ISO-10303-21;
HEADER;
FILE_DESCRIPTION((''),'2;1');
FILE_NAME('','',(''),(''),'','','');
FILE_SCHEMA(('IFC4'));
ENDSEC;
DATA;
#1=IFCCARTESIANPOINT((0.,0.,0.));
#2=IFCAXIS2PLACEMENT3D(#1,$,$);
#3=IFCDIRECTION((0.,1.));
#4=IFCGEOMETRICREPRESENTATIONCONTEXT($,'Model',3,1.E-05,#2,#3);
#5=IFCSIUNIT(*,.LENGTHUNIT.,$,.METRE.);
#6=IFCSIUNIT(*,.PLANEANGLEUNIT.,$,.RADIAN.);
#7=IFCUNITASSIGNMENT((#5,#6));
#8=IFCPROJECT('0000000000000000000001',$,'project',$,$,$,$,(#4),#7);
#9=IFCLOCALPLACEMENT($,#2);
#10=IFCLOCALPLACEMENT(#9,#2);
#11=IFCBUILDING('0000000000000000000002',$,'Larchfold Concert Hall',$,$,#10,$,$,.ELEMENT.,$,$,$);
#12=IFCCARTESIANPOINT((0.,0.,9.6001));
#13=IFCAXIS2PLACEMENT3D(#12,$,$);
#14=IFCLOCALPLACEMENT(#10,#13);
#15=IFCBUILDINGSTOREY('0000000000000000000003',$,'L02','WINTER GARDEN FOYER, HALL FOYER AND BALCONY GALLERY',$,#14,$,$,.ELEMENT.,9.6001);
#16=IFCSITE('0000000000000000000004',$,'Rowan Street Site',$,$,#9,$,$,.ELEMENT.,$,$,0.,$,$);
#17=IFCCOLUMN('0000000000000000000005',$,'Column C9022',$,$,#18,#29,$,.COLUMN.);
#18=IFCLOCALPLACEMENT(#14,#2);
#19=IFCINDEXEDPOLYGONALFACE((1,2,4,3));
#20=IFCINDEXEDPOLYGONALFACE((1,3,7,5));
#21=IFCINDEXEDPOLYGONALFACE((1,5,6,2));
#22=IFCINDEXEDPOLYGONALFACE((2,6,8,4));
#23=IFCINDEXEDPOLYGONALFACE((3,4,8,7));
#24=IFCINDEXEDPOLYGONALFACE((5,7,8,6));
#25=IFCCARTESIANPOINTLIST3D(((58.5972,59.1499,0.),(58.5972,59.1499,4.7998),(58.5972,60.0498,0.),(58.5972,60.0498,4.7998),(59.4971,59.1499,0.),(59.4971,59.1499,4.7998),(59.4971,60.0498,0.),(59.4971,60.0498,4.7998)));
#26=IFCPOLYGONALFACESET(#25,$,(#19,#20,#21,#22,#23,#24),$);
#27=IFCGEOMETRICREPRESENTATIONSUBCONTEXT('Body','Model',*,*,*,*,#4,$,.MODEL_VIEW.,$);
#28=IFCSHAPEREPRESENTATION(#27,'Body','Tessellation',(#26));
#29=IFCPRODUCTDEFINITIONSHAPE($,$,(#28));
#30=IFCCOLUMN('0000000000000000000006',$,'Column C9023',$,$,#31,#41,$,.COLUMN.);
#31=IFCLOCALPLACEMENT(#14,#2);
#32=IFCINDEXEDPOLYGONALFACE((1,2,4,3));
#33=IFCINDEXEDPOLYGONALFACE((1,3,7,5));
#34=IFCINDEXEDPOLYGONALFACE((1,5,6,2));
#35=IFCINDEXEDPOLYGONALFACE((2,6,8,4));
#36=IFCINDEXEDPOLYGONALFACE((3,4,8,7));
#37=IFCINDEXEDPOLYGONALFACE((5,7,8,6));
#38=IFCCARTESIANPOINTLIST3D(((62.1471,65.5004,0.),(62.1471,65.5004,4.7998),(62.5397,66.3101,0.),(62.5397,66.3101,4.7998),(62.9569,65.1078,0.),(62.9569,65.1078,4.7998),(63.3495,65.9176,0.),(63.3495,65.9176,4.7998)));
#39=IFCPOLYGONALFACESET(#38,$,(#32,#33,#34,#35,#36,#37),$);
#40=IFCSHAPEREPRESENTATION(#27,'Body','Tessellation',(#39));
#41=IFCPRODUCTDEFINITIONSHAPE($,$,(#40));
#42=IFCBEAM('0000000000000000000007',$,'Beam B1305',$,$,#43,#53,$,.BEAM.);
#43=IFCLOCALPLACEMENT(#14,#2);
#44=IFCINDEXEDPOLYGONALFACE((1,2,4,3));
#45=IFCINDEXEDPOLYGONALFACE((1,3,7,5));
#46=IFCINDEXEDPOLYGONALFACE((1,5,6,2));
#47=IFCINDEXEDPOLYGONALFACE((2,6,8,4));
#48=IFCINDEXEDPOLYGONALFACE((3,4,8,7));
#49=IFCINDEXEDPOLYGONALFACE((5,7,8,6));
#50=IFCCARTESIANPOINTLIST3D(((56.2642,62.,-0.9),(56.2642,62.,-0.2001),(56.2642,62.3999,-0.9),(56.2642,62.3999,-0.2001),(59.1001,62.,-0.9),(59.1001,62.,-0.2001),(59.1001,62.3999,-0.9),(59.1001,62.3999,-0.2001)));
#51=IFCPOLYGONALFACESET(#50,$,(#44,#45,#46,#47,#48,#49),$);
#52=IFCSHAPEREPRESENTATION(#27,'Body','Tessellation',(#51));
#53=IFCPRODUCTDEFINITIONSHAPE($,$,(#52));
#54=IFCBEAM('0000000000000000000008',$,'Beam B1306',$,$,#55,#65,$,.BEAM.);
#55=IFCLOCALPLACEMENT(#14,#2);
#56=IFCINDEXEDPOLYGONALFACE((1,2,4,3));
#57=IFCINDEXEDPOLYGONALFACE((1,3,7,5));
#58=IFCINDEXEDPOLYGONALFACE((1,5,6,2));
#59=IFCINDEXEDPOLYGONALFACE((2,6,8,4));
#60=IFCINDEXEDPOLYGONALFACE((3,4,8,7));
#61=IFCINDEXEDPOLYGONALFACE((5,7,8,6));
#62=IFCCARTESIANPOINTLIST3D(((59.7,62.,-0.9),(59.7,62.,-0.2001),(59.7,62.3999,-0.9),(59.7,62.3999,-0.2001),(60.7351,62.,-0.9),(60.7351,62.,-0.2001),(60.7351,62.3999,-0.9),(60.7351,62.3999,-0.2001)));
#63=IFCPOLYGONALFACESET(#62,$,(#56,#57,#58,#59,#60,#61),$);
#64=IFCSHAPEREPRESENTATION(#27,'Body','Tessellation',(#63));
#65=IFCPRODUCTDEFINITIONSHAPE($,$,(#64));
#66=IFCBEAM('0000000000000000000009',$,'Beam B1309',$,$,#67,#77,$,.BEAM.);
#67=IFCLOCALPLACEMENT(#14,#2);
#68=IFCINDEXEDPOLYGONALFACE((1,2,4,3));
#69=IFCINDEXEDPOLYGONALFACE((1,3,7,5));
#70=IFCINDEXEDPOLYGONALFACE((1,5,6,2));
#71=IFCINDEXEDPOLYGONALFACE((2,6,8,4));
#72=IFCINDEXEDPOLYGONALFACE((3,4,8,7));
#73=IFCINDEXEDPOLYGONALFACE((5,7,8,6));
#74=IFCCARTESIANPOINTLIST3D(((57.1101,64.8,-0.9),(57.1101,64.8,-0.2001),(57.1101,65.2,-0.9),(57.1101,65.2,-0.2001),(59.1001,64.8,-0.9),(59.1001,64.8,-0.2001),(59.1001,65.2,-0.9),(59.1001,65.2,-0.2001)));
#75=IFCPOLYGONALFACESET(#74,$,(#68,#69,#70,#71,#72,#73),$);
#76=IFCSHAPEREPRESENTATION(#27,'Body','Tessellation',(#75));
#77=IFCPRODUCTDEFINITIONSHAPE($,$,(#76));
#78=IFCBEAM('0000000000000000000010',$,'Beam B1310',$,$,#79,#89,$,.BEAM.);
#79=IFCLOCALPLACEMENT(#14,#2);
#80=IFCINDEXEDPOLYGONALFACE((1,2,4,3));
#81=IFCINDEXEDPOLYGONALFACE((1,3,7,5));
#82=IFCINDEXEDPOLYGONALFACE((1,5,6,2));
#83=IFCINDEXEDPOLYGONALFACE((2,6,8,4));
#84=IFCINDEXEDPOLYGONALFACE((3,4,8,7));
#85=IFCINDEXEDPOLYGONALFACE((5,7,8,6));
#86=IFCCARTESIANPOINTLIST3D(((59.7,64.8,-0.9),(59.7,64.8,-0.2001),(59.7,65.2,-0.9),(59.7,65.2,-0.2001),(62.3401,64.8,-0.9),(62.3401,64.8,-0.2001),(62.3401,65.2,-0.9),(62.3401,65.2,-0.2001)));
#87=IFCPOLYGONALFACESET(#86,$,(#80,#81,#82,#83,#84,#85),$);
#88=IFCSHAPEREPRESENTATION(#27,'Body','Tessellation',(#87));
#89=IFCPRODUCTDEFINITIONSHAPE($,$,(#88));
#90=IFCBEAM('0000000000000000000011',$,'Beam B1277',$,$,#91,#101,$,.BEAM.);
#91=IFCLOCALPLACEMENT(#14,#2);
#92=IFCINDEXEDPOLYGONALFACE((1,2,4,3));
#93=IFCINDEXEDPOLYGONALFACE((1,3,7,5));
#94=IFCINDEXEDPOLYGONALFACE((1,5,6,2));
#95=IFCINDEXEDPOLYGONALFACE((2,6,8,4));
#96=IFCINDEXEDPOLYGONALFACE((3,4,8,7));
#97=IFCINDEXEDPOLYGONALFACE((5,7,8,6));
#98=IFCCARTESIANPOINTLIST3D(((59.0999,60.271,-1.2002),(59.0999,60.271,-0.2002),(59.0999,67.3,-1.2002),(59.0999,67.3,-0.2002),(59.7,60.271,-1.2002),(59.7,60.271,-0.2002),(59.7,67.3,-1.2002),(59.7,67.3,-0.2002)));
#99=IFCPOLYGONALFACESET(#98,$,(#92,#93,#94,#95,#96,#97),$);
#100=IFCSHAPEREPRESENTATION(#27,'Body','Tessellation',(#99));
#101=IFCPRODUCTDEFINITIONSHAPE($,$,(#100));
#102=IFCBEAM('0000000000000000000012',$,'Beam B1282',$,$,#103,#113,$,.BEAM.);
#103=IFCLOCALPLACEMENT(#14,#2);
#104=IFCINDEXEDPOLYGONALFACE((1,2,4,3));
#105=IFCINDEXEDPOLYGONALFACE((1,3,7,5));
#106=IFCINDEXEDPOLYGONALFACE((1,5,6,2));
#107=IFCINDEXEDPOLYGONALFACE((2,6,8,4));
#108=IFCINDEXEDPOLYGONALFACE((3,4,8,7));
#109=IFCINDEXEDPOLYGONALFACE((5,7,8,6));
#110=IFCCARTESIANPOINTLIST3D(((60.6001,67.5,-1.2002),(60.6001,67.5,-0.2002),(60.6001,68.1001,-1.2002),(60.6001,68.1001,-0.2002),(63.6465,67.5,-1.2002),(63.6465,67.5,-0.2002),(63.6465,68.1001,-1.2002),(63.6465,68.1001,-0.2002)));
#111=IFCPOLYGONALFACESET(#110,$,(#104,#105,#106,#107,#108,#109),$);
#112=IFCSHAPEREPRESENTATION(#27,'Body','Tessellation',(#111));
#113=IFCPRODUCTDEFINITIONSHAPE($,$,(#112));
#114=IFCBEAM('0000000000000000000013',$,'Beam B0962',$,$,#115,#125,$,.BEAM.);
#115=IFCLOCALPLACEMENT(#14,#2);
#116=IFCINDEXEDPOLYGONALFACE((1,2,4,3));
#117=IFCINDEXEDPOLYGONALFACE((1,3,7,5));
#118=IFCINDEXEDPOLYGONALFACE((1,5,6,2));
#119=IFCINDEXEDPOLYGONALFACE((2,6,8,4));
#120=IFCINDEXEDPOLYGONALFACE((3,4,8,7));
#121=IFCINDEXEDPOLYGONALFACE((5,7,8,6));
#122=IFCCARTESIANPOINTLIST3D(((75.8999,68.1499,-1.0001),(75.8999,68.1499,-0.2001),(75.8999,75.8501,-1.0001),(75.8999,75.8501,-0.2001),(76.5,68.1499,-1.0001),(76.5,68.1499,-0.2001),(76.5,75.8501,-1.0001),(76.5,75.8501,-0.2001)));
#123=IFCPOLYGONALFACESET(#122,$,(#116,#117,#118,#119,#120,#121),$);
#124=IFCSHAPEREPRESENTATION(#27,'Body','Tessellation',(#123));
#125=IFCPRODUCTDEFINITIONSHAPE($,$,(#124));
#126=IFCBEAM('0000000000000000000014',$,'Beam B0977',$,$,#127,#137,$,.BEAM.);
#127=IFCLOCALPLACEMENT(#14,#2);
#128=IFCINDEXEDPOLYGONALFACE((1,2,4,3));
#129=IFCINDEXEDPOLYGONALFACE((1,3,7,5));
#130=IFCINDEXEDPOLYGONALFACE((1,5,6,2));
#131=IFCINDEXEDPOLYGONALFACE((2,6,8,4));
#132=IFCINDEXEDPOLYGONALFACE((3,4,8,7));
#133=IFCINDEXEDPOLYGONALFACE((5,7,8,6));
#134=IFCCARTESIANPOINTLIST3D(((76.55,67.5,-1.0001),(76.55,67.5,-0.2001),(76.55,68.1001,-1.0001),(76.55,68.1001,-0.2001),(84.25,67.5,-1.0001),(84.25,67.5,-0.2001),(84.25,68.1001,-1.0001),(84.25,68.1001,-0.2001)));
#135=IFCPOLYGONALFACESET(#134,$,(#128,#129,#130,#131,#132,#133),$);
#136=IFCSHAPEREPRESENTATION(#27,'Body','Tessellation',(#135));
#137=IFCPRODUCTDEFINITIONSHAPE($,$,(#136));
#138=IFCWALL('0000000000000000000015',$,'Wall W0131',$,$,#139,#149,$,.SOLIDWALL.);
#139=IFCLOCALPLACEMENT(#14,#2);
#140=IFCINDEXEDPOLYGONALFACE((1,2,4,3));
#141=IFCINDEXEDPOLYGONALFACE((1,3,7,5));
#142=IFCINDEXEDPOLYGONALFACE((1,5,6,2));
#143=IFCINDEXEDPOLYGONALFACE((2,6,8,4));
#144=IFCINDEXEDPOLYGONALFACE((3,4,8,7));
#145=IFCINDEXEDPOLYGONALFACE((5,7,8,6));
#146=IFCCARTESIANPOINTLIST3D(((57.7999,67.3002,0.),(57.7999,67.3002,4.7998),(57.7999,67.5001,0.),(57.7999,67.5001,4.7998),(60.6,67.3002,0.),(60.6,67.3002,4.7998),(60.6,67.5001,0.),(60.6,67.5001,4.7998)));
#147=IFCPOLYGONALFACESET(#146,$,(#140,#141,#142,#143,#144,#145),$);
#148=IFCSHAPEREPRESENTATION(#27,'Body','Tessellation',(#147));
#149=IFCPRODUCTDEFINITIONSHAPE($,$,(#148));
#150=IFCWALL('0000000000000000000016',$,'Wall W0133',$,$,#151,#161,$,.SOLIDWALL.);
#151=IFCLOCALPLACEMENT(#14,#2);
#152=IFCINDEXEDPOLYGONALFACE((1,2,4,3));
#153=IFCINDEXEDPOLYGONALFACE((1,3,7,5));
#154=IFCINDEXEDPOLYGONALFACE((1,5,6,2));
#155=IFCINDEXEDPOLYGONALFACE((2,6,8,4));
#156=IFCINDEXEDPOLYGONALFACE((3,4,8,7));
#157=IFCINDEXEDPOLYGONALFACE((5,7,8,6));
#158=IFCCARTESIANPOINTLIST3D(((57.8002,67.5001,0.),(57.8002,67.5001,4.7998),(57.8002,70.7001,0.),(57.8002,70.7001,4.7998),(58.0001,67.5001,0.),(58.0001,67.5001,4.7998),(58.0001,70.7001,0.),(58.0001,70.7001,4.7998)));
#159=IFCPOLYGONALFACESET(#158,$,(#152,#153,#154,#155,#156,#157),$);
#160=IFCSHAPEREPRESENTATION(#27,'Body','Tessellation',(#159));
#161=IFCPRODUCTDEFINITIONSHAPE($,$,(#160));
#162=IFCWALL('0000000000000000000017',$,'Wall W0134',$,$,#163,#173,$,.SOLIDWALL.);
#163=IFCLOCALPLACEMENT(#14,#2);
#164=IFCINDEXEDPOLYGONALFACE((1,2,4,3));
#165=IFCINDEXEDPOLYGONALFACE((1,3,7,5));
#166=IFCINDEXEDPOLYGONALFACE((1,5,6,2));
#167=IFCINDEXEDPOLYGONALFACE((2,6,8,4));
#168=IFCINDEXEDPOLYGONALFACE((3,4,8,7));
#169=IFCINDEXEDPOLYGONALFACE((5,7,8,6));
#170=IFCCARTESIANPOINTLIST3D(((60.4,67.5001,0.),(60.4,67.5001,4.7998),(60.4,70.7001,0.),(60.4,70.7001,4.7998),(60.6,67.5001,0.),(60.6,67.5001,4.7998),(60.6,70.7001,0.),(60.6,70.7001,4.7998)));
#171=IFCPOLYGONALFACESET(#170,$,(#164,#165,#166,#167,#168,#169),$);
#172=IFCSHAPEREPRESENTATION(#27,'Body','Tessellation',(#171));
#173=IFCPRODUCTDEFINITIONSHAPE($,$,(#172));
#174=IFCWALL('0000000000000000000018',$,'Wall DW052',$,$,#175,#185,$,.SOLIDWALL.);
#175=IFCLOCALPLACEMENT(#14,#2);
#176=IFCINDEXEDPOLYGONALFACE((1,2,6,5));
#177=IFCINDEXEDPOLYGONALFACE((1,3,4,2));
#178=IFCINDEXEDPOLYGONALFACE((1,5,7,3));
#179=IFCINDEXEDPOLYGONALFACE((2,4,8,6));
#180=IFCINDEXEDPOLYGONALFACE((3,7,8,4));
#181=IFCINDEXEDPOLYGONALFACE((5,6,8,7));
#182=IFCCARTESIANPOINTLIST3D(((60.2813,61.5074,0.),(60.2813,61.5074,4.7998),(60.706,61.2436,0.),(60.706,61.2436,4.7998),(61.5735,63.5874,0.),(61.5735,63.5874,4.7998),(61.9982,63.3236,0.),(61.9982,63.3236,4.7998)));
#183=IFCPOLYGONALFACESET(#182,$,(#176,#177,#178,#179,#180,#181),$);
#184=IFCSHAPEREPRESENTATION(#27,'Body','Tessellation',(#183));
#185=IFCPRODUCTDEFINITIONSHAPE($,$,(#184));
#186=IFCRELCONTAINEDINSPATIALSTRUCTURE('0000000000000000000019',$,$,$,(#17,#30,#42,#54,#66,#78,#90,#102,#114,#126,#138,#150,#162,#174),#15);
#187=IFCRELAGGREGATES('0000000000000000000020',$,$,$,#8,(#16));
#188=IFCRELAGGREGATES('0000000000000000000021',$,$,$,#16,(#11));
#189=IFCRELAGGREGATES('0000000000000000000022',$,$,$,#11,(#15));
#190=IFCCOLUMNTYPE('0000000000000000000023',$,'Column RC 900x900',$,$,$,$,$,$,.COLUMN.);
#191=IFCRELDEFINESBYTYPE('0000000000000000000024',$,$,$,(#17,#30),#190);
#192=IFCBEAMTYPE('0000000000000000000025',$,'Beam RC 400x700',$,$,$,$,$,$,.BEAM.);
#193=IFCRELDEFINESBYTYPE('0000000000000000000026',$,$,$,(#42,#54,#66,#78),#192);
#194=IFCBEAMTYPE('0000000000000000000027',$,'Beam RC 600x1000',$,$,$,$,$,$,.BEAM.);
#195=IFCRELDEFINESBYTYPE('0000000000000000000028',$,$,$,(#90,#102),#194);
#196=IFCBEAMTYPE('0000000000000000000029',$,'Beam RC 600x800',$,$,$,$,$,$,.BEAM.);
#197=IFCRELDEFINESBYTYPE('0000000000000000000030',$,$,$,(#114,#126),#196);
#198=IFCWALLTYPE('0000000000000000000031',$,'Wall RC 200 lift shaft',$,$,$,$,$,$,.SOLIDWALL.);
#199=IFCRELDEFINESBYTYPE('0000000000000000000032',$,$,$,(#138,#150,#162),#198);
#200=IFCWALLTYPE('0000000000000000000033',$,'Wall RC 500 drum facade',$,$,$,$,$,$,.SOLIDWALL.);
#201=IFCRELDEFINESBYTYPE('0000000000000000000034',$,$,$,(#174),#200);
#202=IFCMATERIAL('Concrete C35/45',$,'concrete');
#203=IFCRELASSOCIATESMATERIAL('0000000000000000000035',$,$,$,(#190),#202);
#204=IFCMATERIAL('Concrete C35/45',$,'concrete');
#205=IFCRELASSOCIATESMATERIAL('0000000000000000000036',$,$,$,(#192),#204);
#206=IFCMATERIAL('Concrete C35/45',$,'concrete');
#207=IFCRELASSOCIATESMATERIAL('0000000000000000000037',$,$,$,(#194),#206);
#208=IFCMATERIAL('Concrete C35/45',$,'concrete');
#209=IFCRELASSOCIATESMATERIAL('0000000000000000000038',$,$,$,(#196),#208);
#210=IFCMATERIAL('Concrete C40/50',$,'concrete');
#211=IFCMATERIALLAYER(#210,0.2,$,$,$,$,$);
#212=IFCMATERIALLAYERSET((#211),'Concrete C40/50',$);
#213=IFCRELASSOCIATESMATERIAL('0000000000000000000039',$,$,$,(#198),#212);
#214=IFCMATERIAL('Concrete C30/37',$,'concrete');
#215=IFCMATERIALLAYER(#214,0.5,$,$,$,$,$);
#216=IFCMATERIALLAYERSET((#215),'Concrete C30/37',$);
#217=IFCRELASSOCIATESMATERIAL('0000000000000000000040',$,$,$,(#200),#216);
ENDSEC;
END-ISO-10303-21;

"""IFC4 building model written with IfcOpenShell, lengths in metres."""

from ifc_helpers import new_model, si_unit, direction, frame, frame_2d, origin, origin_2d, place, context, subcontext, project, spatial, rectangle, extrude, material, layer, layer_set, material_profile, profile_set, type_object, element, save


model = new_model("IFC4")

# Units and contexts
model_context = context("Model", 3, precision=1e-05, world=origin(), true_north=direction((0.0, 1.0)))
body_context = subcontext(model_context, "Body", "Model", "MODEL_VIEW")
ifc_project = project(units=[si_unit("LENGTHUNIT", "METRE"), si_unit("PLANEANGLEUNIT", "RADIAN")], contexts=[model_context])

# Site, building, storey
site_placement = place(None, origin())
site = spatial("IfcSite", under=ifc_project, at=site_placement, Name="Rowan Street Site", CompositionType="ELEMENT", RefElevation=0.0)
building_placement = place(site_placement, origin())
building = spatial("IfcBuilding", under=site, at=building_placement, Name="Larchfold Concert Hall", CompositionType="ELEMENT")
storey_placement = place(building_placement, frame((0.0, 0.0, 9.6001)))
storey = spatial("IfcBuildingStorey", under=building, at=storey_placement, Name="L02", Description="WINTER GARDEN FOYER, HALL FOYER AND BALCONY GALLERY", CompositionType="ELEMENT", Elevation=9.6001)

# Columns
ifc_material_1 = material(Name="Concrete C35/45", Category="concrete")
ifc_material_profile_1 = material_profile(ifc_material_1, rectangle(XDim=0.8999, YDim=0.8999, at=origin_2d()))
ifc_profile_set_1 = profile_set([ifc_material_profile_1], Name="Concrete C35/45")
column_type = type_object("IfcColumnType", Name="Column RC 900x900", PredefinedType="COLUMN", material=ifc_profile_set_1)
for number, where, z_axis, x_axis, name in (
    (1, (59.0471, 59.5999, 0.0), (0.0, 0.0, 1.0), (1.0, 0.0, 0.0), "Column C9022"),
    (2, (62.7483, 65.709, 0.0), (0.0, 0.0, 1.0), (0.436211, 0.899844, 0.0), "Column C9023"),
):
    element("IfcColumn", number, at=place(storey_placement, frame(where, z_axis=z_axis, x_axis=x_axis)), inside=storey, type_object=column_type, Name=name, PredefinedType="COLUMN", context=body_context, shape_type="SweptSolid", body=[
        extrude(rectangle(XDim=0.8999, YDim=0.8999, at=origin_2d()), origin(), (0.0, 0.0, 1.0), 4.7998),
    ])

# Beams
ifc_material_2 = material(Name="Concrete C35/45", Category="concrete")
ifc_material_profile_2 = material_profile(ifc_material_2, rectangle(XDim=0.3999, YDim=0.7, at=origin_2d()))
ifc_profile_set_2 = profile_set([ifc_material_profile_2], Name="Concrete C35/45")
beam_type_1 = type_object("IfcBeamType", Name="Beam RC 400x700", PredefinedType="BEAM", material=ifc_profile_set_2)
beam_1_placement = place(storey_placement, frame((56.2642, 62.2, -0.55), z_axis=(1.0, 0.0, 0.0), x_axis=(0.0, 1.0, 0.0)))
element("IfcBeam", 3, at=beam_1_placement, inside=storey, type_object=beam_type_1, Name="Beam B1305", PredefinedType="BEAM", context=body_context, shape_type="SweptSolid", body=[
    extrude(rectangle(XDim=0.3999, YDim=0.7, at=origin_2d()), origin(), (0.0, 0.0, 1.0), 2.8359),
])
beam_2_placement = place(storey_placement, frame((59.7, 62.2, -0.55), z_axis=(1.0, 0.0, 0.0), x_axis=(0.0, 1.0, 0.0)))
element("IfcBeam", 4, at=beam_2_placement, inside=storey, type_object=beam_type_1, Name="Beam B1306", PredefinedType="BEAM", context=body_context, shape_type="SweptSolid", body=[
    extrude(rectangle(XDim=0.3999, YDim=0.7, at=origin_2d()), origin(), (0.0, 0.0, 1.0), 1.0352),
])
beam_3_placement = place(storey_placement, frame((57.1101, 65.0, -0.55), z_axis=(1.0, 0.0, 0.0), x_axis=(0.0, 1.0, 0.0)))
element("IfcBeam", 5, at=beam_3_placement, inside=storey, type_object=beam_type_1, Name="Beam B1309", PredefinedType="BEAM", context=body_context, shape_type="SweptSolid", body=[
    extrude(rectangle(XDim=0.3999, YDim=0.7, at=origin_2d()), origin(), (0.0, 0.0, 1.0), 1.99),
])
beam_4_placement = place(storey_placement, frame((59.7, 65.0, -0.55), z_axis=(1.0, 0.0, 0.0), x_axis=(0.0, 1.0, 0.0)))
element("IfcBeam", 6, at=beam_4_placement, inside=storey, type_object=beam_type_1, Name="Beam B1310", PredefinedType="BEAM", context=body_context, shape_type="SweptSolid", body=[
    extrude(rectangle(XDim=0.3999, YDim=0.7, at=origin_2d()), origin(), (0.0, 0.0, 1.0), 2.6401),
])
ifc_material_3 = material(Name="Concrete C35/45", Category="concrete")
ifc_material_profile_3 = material_profile(ifc_material_3, rectangle(XDim=0.6001, YDim=1.0, at=origin_2d()))
ifc_profile_set_3 = profile_set([ifc_material_profile_3], Name="Concrete C35/45")
beam_type_2 = type_object("IfcBeamType", Name="Beam RC 600x1000", PredefinedType="BEAM", material=ifc_profile_set_3)
beam_5_placement = place(storey_placement, frame((59.3999, 60.271, -0.7002), z_axis=(0.0, 1.0, 0.0), x_axis=(-1.0, 0.0, 0.0)))
element("IfcBeam", 7, at=beam_5_placement, inside=storey, type_object=beam_type_2, Name="Beam B1277", PredefinedType="BEAM", context=body_context, shape_type="SweptSolid", body=[
    extrude(rectangle(XDim=0.6001, YDim=1.0, at=origin_2d()), origin(), (0.0, 0.0, 1.0), 7.0291),
])
beam_6_placement = place(storey_placement, frame((60.6001, 67.8, -0.7002), z_axis=(1.0, 0.0, 0.0), x_axis=(0.0, 1.0, 0.0)))
element("IfcBeam", 8, at=beam_6_placement, inside=storey, type_object=beam_type_2, Name="Beam B1282", PredefinedType="BEAM", context=body_context, shape_type="SweptSolid", body=[
    extrude(rectangle(XDim=0.6001, YDim=1.0, at=origin_2d()), origin(), (0.0, 0.0, 1.0), 3.0464),
])
ifc_material_4 = material(Name="Concrete C35/45", Category="concrete")
ifc_material_profile_4 = material_profile(ifc_material_4, rectangle(XDim=0.6001, YDim=0.8, at=origin_2d()))
ifc_profile_set_4 = profile_set([ifc_material_profile_4], Name="Concrete C35/45")
beam_type_3 = type_object("IfcBeamType", Name="Beam RC 600x800", PredefinedType="BEAM", material=ifc_profile_set_4)
beam_7_placement = place(storey_placement, frame((76.2, 68.1499, -0.6001), z_axis=(0.0, 1.0, 0.0), x_axis=(-1.0, 0.0, 0.0)))
element("IfcBeam", 9, at=beam_7_placement, inside=storey, type_object=beam_type_3, Name="Beam B0962", PredefinedType="BEAM", context=body_context, shape_type="SweptSolid", body=[
    extrude(rectangle(XDim=0.6001, YDim=0.8, at=origin_2d()), origin(), (0.0, 0.0, 1.0), 7.7002),
])
beam_8_placement = place(storey_placement, frame((76.55, 67.8, -0.6001), z_axis=(1.0, 0.0, 0.0), x_axis=(0.0, 1.0, 0.0)))
element("IfcBeam", 10, at=beam_8_placement, inside=storey, type_object=beam_type_3, Name="Beam B0977", PredefinedType="BEAM", context=body_context, shape_type="SweptSolid", body=[
    extrude(rectangle(XDim=0.6001, YDim=0.8, at=origin_2d()), origin(), (0.0, 0.0, 1.0), 7.7),
])

# Walls
ifc_material_5 = material(Name="Concrete C40/50", Category="concrete")
ifc_layer_1 = layer(ifc_material_5, 0.2)
ifc_layer_set_1 = layer_set([ifc_layer_1], Name="Concrete C40/50")
wall_type_1 = type_object("IfcWallType", Name="Wall RC 200 lift shaft", PredefinedType="SOLIDWALL", material=ifc_layer_set_1)
wall_1_placement = place(storey_placement, frame((57.8, 67.4001, 0.0), z_axis=(0.0, 0.0, 1.0), x_axis=(1.0, 0.0, 0.0)))
element("IfcWall", 11, at=wall_1_placement, inside=storey, type_object=wall_type_1, Name="Wall W0131", PredefinedType="SOLIDWALL", context=body_context, shape_type="SweptSolid", body=[
    extrude(rectangle(XDim=2.8, YDim=0.2, at=frame_2d((1.3999, 0.0))), origin(), (0.0, 0.0, 1.0), 4.7998),
])
for number, where, z_axis, x_axis, name in (
    (12, (57.9001, 67.5, 0.0), (0.0, 0.0, 1.0), (0.0, 1.0, 0.0), "Wall W0133"),
    (13, (60.5, 67.5, 0.0), (0.0, 0.0, 1.0), (0.0, 1.0, 0.0), "Wall W0134"),
):
    element("IfcWall", number, at=place(storey_placement, frame(where, z_axis=z_axis, x_axis=x_axis)), inside=storey, type_object=wall_type_1, Name=name, PredefinedType="SOLIDWALL", context=body_context, shape_type="SweptSolid", body=[
        extrude(rectangle(XDim=3.2, YDim=0.2, at=frame_2d((1.6001, 0.0))), origin(), (0.0, 0.0, 1.0), 4.7998),
    ])
ifc_material_6 = material(Name="Concrete C30/37", Category="concrete")
ifc_layer_2 = layer(ifc_material_6, 0.5)
ifc_layer_set_2 = layer_set([ifc_layer_2], Name="Concrete C30/37")
wall_type_2 = type_object("IfcWallType", Name="Wall RC 500 drum facade", PredefinedType="SOLIDWALL", material=ifc_layer_set_2)
wall_2_placement = place(storey_placement, frame((60.4937, 61.3755, 0.0), z_axis=(0.0, 0.0, 1.0), x_axis=(0.527703, 0.849429, 0.0)))
element("IfcWall", 14, at=wall_2_placement, inside=storey, type_object=wall_type_2, Name="Wall DW052", PredefinedType="SOLIDWALL", context=body_context, shape_type="SweptSolid", body=[
    extrude(rectangle(XDim=2.4487, YDim=0.5, at=frame_2d((1.2244, 0.0))), origin(), (0.0, 0.0, 1.0), 4.7998),
])

save(model, "model.ifc")
